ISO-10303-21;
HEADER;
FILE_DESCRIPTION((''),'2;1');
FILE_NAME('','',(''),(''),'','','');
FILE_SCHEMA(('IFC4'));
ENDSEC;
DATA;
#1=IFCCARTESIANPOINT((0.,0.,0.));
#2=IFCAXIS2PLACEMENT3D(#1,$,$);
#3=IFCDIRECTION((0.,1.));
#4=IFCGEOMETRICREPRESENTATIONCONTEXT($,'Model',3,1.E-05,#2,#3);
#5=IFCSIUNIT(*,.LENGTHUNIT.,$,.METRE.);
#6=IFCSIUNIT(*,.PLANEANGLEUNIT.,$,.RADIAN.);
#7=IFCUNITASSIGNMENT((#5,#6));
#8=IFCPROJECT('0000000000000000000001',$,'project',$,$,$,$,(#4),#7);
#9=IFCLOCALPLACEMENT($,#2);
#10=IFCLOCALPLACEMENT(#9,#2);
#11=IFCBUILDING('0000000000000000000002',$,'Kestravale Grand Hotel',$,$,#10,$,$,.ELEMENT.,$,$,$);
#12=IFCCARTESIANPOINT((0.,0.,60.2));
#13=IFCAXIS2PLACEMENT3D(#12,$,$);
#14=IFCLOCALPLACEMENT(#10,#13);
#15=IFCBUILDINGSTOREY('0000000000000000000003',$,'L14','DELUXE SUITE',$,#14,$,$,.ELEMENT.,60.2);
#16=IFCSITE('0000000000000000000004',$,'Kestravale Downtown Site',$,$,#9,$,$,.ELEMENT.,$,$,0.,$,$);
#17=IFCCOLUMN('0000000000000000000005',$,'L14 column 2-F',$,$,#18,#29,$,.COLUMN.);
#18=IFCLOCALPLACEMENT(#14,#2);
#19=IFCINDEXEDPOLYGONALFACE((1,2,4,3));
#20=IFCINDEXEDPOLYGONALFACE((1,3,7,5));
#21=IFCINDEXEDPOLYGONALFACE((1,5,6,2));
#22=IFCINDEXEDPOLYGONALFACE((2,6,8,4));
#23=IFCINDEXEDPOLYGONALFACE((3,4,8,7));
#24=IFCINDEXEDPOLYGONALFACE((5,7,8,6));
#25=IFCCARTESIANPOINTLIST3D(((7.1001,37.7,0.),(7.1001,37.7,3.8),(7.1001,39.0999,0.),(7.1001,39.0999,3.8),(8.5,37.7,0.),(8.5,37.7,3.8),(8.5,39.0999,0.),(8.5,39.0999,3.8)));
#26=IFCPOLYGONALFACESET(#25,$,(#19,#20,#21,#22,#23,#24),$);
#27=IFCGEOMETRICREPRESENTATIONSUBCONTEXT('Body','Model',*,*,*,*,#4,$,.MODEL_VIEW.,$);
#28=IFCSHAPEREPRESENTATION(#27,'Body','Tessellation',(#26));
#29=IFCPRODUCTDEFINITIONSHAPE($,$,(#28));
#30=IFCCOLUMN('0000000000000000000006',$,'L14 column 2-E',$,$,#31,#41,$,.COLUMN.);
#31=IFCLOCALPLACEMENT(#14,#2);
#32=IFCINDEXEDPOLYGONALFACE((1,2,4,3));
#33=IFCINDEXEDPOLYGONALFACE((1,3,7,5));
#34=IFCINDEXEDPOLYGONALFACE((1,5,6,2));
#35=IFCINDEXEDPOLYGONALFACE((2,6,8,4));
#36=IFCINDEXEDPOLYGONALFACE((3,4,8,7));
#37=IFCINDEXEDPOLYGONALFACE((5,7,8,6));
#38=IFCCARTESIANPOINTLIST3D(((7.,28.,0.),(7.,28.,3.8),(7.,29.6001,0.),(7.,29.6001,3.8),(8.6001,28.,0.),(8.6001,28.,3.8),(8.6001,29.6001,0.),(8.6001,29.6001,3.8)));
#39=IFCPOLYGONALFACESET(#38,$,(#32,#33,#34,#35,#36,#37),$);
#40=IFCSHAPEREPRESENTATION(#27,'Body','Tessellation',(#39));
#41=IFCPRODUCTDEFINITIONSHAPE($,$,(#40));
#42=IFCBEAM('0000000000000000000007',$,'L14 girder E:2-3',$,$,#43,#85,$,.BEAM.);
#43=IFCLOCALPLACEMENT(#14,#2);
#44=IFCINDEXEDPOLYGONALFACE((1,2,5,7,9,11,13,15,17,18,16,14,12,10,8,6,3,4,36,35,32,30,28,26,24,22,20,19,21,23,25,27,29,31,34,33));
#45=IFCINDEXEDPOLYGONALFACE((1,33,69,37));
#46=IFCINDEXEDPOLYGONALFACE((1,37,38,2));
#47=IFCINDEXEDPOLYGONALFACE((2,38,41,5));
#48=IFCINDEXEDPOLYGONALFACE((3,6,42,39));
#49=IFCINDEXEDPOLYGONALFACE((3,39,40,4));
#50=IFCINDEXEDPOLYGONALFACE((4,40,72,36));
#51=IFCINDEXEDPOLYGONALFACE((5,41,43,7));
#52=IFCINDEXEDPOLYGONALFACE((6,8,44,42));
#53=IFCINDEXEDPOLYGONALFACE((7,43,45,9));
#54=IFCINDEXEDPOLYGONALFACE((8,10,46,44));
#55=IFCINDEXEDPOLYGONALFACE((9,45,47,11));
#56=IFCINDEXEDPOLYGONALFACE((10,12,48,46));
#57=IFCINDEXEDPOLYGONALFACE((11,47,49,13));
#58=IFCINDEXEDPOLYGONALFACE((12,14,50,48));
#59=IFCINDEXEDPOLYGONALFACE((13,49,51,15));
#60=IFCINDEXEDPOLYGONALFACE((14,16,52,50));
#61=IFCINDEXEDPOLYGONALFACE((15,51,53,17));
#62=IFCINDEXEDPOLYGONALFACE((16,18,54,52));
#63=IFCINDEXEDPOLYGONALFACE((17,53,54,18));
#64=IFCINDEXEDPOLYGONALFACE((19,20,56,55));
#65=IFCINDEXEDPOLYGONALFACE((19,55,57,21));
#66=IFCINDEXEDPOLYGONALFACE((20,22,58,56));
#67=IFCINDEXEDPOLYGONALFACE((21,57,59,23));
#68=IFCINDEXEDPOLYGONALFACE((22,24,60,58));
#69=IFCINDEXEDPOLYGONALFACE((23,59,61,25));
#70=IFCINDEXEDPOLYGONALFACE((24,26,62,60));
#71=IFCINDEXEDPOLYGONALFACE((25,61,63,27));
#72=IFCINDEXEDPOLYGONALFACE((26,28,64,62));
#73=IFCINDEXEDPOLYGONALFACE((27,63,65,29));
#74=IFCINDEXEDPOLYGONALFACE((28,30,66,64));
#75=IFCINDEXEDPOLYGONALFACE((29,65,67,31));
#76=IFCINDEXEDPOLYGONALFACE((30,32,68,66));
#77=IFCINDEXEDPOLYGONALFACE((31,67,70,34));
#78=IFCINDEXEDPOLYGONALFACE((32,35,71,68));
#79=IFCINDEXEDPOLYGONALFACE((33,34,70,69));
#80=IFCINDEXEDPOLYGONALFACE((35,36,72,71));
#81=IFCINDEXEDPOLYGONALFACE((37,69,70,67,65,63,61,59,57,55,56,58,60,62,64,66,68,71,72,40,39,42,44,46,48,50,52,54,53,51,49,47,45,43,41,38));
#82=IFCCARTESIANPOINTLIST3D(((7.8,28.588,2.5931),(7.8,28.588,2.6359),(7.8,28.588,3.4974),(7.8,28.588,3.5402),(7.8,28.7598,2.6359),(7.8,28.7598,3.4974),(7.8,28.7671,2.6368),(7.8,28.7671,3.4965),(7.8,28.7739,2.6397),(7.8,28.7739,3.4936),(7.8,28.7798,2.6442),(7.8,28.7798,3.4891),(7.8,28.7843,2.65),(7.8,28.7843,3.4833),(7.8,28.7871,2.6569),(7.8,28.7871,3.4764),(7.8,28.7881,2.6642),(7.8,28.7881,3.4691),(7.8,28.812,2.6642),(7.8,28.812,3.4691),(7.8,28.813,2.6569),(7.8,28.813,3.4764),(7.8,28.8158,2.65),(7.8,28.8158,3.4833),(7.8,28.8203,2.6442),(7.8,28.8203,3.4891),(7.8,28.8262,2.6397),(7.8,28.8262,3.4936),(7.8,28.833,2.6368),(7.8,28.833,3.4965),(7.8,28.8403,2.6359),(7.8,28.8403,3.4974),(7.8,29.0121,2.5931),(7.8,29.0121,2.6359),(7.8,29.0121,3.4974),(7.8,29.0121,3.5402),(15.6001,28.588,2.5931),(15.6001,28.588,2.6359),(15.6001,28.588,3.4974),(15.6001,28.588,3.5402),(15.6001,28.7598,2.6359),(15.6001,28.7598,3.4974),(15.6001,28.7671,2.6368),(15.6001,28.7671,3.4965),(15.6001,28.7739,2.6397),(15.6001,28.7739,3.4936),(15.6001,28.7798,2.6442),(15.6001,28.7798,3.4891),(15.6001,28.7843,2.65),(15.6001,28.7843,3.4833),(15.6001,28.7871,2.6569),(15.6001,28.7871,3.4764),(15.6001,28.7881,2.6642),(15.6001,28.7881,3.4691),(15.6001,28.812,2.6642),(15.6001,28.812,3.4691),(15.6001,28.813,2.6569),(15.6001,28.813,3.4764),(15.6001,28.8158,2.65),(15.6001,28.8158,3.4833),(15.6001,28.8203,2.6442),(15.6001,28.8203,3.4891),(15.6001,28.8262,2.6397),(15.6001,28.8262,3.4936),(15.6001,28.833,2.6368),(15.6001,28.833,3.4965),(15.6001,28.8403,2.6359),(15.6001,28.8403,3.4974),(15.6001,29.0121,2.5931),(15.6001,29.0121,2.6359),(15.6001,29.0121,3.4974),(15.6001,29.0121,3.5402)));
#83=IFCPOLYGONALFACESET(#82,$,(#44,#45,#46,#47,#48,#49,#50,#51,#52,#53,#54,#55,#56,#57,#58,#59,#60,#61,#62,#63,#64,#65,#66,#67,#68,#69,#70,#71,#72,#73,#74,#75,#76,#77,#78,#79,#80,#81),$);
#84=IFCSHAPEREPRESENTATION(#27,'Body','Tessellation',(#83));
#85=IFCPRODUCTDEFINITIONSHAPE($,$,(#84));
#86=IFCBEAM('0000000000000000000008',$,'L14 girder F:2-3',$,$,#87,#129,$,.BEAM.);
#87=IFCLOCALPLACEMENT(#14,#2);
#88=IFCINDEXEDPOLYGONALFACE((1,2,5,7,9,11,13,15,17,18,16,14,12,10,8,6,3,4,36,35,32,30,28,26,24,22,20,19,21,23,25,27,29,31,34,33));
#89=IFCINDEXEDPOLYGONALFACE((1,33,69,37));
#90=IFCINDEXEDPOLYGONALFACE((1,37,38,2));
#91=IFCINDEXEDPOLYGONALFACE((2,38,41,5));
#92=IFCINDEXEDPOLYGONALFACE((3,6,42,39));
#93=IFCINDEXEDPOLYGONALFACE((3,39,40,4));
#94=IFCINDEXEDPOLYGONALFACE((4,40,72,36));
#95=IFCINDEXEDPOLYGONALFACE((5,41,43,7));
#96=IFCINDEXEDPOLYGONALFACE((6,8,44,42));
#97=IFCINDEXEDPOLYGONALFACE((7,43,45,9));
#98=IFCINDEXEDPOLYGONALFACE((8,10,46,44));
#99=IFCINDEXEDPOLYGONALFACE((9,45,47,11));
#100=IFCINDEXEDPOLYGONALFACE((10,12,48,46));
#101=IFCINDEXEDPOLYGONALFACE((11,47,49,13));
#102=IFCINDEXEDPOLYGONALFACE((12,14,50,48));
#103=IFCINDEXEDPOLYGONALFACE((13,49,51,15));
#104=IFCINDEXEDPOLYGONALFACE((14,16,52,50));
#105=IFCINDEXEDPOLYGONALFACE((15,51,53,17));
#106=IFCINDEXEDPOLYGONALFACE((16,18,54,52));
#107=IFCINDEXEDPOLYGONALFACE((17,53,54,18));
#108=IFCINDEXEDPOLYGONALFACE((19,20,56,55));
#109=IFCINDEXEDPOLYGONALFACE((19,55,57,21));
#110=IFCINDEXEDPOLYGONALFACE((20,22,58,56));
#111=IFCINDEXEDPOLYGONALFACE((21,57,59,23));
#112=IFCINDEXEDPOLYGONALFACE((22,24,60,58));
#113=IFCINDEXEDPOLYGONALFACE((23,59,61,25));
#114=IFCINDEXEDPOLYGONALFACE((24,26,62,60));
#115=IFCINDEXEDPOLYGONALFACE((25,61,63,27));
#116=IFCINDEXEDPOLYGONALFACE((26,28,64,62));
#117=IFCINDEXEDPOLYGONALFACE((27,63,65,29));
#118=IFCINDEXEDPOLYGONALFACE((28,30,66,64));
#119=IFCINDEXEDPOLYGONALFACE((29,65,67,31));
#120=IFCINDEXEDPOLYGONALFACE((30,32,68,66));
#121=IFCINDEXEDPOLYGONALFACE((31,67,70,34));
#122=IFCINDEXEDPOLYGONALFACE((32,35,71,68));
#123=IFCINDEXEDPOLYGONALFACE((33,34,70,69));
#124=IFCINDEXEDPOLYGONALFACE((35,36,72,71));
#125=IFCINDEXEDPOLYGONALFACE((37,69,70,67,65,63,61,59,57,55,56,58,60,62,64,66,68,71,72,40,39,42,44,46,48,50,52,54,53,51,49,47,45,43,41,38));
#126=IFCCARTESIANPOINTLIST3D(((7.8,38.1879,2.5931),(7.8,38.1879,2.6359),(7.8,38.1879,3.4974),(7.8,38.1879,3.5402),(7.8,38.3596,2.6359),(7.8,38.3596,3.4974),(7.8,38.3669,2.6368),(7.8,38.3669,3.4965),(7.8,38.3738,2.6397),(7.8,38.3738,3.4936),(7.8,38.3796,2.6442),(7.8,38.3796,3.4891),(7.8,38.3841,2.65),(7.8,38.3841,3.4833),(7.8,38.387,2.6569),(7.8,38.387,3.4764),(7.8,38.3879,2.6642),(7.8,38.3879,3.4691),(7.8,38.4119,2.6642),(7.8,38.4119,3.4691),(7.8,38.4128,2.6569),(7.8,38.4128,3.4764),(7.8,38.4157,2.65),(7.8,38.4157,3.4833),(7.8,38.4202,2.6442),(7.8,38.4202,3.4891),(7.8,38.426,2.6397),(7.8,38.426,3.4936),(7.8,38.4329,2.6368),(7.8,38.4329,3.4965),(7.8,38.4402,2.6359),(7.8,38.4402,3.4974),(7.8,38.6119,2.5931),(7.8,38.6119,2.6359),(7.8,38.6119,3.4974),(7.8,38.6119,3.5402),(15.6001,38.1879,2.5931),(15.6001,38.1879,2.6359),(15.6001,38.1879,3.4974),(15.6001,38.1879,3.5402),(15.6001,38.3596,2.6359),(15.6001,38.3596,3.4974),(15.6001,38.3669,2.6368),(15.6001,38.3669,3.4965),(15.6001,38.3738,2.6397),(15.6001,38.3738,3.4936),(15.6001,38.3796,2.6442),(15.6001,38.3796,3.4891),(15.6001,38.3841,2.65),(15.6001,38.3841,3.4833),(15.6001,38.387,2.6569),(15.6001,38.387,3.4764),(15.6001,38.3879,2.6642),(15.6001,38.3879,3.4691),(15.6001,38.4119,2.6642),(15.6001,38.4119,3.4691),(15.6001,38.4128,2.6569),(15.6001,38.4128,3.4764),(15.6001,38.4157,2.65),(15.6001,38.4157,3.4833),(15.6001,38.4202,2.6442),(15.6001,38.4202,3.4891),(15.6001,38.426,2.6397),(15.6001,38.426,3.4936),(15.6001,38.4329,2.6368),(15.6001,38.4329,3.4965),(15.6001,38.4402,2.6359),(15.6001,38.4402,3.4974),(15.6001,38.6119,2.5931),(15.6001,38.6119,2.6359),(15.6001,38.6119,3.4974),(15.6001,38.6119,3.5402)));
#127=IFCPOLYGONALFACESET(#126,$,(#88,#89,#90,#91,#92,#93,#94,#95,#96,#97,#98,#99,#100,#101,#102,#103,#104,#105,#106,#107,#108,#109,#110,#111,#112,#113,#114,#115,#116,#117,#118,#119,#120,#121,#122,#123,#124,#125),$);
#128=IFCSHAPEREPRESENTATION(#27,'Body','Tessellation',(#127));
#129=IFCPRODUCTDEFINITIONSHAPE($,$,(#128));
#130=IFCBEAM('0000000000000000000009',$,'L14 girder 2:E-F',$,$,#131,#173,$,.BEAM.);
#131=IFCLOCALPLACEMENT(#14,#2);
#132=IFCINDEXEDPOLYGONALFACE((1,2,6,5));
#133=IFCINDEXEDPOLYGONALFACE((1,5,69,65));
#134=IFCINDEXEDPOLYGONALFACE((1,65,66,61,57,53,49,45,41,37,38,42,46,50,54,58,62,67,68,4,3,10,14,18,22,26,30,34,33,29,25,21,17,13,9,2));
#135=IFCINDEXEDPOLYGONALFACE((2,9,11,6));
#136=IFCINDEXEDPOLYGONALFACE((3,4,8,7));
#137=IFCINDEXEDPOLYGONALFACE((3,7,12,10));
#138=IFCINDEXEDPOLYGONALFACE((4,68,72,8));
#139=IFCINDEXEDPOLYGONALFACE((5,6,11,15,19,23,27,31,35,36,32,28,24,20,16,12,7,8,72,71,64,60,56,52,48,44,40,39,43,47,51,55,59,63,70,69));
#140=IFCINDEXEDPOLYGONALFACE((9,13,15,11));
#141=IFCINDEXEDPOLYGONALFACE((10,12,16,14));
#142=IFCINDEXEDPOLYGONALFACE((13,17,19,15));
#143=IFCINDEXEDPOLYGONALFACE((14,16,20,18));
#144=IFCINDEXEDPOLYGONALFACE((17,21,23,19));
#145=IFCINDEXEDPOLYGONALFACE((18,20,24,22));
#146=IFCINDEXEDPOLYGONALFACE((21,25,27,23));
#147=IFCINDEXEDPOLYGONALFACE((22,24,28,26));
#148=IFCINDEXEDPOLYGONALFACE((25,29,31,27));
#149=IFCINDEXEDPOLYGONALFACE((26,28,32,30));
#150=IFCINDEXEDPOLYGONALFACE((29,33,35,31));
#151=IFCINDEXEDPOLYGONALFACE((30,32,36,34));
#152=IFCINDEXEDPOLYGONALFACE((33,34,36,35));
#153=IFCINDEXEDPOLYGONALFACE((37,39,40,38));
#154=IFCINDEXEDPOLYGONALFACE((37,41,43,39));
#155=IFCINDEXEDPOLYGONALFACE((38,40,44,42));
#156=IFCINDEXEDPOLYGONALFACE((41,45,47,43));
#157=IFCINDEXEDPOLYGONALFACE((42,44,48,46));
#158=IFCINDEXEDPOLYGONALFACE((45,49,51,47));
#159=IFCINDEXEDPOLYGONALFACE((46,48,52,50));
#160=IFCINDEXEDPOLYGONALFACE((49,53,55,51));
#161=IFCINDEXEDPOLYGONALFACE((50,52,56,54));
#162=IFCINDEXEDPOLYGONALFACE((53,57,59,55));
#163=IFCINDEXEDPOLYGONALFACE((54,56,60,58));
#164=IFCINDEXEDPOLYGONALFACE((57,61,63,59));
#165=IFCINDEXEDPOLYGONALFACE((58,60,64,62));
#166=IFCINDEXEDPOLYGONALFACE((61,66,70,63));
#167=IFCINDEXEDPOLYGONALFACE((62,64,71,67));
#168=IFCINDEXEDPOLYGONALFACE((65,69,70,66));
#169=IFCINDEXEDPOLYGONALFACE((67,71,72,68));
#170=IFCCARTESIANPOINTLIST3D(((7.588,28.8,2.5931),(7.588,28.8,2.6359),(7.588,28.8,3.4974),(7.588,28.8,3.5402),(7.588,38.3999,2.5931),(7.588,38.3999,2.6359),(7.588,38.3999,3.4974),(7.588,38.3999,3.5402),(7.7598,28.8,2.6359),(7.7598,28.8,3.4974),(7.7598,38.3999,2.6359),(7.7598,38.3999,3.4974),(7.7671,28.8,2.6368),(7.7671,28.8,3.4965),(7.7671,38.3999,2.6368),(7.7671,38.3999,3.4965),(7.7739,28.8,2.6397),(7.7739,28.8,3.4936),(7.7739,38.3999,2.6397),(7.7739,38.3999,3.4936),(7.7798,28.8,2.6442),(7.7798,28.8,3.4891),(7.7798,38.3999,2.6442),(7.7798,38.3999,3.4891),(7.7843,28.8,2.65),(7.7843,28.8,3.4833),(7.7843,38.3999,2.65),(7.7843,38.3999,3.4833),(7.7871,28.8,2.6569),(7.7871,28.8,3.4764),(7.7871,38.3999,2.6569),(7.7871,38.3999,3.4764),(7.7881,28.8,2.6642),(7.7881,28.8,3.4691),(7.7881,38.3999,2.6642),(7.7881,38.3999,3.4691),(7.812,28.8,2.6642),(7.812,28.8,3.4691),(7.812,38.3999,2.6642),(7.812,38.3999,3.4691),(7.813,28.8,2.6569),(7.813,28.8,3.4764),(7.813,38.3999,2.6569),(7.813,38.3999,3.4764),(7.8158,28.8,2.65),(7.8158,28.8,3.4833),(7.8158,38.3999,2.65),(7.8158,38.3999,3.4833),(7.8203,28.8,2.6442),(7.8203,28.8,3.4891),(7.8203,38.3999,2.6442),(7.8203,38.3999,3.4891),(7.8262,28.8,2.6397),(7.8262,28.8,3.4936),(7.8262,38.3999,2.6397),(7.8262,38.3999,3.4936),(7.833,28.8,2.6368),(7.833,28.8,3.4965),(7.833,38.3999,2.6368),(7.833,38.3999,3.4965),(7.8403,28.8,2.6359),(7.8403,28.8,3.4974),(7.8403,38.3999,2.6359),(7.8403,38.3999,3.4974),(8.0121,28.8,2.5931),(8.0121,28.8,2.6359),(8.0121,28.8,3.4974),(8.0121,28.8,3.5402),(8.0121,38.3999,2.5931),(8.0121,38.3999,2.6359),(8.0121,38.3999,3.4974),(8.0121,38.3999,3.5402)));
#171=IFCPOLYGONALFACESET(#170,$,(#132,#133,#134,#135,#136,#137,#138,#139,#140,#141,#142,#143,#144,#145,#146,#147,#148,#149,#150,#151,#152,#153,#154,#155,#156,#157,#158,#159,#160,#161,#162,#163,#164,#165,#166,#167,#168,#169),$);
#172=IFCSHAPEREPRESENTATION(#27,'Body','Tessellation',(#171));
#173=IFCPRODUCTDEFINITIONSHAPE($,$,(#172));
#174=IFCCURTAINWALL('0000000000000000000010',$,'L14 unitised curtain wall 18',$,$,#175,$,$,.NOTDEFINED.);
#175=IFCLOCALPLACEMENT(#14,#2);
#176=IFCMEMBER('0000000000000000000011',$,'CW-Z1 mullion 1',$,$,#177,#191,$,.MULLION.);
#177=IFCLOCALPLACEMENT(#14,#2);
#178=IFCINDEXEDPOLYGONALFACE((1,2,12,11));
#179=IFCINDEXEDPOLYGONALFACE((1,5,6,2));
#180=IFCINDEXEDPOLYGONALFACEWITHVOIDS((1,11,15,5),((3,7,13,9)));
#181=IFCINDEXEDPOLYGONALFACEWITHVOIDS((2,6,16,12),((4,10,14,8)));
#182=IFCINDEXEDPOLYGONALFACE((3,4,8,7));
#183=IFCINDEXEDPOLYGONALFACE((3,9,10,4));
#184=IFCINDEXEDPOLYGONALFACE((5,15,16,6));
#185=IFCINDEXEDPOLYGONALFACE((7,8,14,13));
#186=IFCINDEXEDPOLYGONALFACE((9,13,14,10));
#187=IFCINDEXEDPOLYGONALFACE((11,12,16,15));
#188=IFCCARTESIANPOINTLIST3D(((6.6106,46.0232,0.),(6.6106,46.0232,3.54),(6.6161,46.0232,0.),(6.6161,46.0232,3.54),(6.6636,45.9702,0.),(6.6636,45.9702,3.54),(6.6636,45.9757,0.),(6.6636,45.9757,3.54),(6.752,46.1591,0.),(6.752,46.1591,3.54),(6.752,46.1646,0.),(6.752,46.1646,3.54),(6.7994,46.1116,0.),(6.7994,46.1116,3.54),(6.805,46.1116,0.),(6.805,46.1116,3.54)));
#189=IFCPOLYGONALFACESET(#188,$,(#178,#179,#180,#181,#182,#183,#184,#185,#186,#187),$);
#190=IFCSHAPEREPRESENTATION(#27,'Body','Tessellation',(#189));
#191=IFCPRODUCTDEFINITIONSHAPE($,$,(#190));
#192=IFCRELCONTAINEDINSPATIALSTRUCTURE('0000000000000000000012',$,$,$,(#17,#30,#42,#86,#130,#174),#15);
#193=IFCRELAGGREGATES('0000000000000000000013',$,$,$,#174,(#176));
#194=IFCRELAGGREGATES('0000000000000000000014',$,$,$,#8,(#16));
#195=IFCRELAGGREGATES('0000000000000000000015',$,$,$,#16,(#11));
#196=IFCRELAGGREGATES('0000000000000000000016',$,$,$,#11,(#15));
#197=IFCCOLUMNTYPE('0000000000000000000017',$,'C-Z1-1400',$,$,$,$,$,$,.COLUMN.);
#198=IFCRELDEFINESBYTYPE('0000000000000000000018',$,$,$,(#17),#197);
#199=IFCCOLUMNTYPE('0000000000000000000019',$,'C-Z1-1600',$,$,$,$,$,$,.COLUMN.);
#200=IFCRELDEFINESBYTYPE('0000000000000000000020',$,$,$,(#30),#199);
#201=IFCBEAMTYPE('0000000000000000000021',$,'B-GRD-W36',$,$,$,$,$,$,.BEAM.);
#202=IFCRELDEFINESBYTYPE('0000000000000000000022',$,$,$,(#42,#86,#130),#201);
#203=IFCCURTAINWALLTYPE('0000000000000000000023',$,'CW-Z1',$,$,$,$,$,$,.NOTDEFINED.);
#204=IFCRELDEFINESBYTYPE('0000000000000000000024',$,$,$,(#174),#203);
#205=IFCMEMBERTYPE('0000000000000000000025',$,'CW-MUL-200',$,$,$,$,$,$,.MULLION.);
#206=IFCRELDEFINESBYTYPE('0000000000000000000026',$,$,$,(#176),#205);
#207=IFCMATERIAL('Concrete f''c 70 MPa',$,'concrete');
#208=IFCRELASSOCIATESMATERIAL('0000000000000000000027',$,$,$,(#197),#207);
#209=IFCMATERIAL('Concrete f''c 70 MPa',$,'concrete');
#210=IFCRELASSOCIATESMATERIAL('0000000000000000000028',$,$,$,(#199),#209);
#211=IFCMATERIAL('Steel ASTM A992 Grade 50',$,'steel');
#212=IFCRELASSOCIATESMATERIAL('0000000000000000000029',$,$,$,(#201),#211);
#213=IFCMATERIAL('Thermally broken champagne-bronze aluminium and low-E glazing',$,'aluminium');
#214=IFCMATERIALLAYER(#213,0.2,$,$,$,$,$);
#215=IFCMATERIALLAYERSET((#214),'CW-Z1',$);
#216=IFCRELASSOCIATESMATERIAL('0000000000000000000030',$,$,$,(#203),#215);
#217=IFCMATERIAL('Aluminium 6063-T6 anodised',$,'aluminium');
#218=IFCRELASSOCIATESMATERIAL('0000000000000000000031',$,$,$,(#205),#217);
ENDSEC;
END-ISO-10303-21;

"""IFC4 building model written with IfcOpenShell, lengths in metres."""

from ifc_helpers import new_model, si_unit, direction, frame, origin, origin_2d, place, context, subcontext, project, spatial, rectangle, hollow_rectangle, i_section, extrude, material, layer, layer_set, material_profile, profile_set, type_object, element, aggregate, save


model = new_model("IFC4")

# Units and contexts
model_context = context("Model", 3, precision=1e-05, world=origin(), true_north=direction((0.0, 1.0)))
body_context = subcontext(model_context, "Body", "Model", "MODEL_VIEW")
ifc_project = project(units=[si_unit("LENGTHUNIT", "METRE"), si_unit("PLANEANGLEUNIT", "RADIAN")], contexts=[model_context])

# Site, building, storey
site_placement = place(None, origin())
site = spatial("IfcSite", under=ifc_project, at=site_placement, Name="Kestravale Downtown Site", CompositionType="ELEMENT", RefElevation=0.0)
building_placement = place(site_placement, origin())
building = spatial("IfcBuilding", under=site, at=building_placement, Name="Kestravale Grand Hotel", CompositionType="ELEMENT")
storey_placement = place(building_placement, frame((0.0, 0.0, 60.2)))
storey = spatial("IfcBuildingStorey", under=building, at=storey_placement, Name="L14", Description="DELUXE SUITE", CompositionType="ELEMENT", Elevation=60.2)

# Columns
ifc_material_1 = material(Name="Concrete f'c 70 MPa", Category="concrete")
ifc_material_profile_1 = material_profile(ifc_material_1, rectangle(XDim=1.3999, YDim=1.3999, at=origin_2d()))
ifc_profile_set_1 = profile_set([ifc_material_profile_1], Name="Concrete f'c 70 MPa")
column_type_1 = type_object("IfcColumnType", Name="C-Z1-1400", PredefinedType="COLUMN", material=ifc_profile_set_1)
column_1_placement = place(storey_placement, frame((7.8, 38.3999, 0.0), z_axis=(0.0, 0.0, 1.0), x_axis=(1.0, 0.0, 0.0)))
element("IfcColumn", 1, at=column_1_placement, inside=storey, type_object=column_type_1, Name="L14 column 2-F", PredefinedType="COLUMN", context=body_context, shape_type="SweptSolid", body=[
    extrude(rectangle(XDim=1.3999, YDim=1.3999, at=origin_2d()), origin(), (0.0, 0.0, 1.0), 3.8),
])
ifc_material_2 = material(Name="Concrete f'c 70 MPa", Category="concrete")
ifc_material_profile_2 = material_profile(ifc_material_2, rectangle(XDim=1.6001, YDim=1.6001, at=origin_2d()))
ifc_profile_set_2 = profile_set([ifc_material_profile_2], Name="Concrete f'c 70 MPa")
column_type_2 = type_object("IfcColumnType", Name="C-Z1-1600", PredefinedType="COLUMN", material=ifc_profile_set_2)
column_2_placement = place(storey_placement, frame((7.8, 28.8, 0.0), z_axis=(0.0, 0.0, 1.0), x_axis=(1.0, 0.0, 0.0)))
element("IfcColumn", 2, at=column_2_placement, inside=storey, type_object=column_type_2, Name="L14 column 2-E", PredefinedType="COLUMN", context=body_context, shape_type="SweptSolid", body=[
    extrude(rectangle(XDim=1.6001, YDim=1.6001, at=origin_2d()), origin(), (0.0, 0.0, 1.0), 3.8),
])

# Beams
ifc_material_3 = material(Name="Steel ASTM A992 Grade 50", Category="steel")
ifc_material_profile_3 = material_profile(ifc_material_3, i_section(OverallWidth=0.4241, OverallDepth=0.947, WebThickness=0.0239, FlangeThickness=0.0427, FilletRadius=0.0283, at=origin_2d()))
ifc_profile_set_3 = profile_set([ifc_material_profile_3], Name="Steel ASTM A992 Grade 50")
beam_type = type_object("IfcBeamType", Name="B-GRD-W36", PredefinedType="BEAM", material=ifc_profile_set_3)
for number, where, z_axis, x_axis, name in (
    (3, (7.8, 28.8, 3.0667), (1.0, 0.0, 0.0), (0.0, 1.0, 0.0), "L14 girder E:2-3"),
    (4, (7.8, 38.3999, 3.0667), (1.0, 0.0, 0.0), (0.0, 1.0, 0.0), "L14 girder F:2-3"),
):
    element("IfcBeam", number, at=place(storey_placement, frame(where, z_axis=z_axis, x_axis=x_axis)), inside=storey, type_object=beam_type, Name=name, PredefinedType="BEAM", context=body_context, shape_type="SweptSolid", body=[
        extrude(i_section(OverallWidth=0.4241, OverallDepth=0.947, WebThickness=0.0239, FlangeThickness=0.0427, FilletRadius=0.0283, at=origin_2d()), origin(), (0.0, 0.0, 1.0), 7.8),
    ])
beam_placement = place(storey_placement, frame((7.8, 28.8, 3.0667), z_axis=(0.0, 1.0, 0.0), x_axis=(-1.0, 0.0, 0.0)))
element("IfcBeam", 5, at=beam_placement, inside=storey, type_object=beam_type, Name="L14 girder 2:E-F", PredefinedType="BEAM", context=body_context, shape_type="SweptSolid", body=[
    extrude(i_section(OverallWidth=0.4241, OverallDepth=0.947, WebThickness=0.0239, FlangeThickness=0.0427, FilletRadius=0.0283, at=origin_2d()), origin(), (0.0, 0.0, 1.0), 9.5999),
])

# Curtain wall, member
ifc_material_4 = material(Name="Thermally broken champagne-bronze aluminium and low-E glazing", Category="aluminium")
ifc_layer_1 = layer(ifc_material_4, 0.2)
ifc_layer_set_1 = layer_set([ifc_layer_1], Name="CW-Z1")
curtain_wall_type = type_object("IfcCurtainWallType", Name="CW-Z1", PredefinedType="NOTDEFINED", material=ifc_layer_set_1)
curtain_wall_placement = place(storey_placement, origin())
curtain_wall = element("IfcCurtainWall", 6, at=curtain_wall_placement, inside=storey, type_object=curtain_wall_type, Name="L14 unitised curtain wall 18", PredefinedType="NOTDEFINED")
ifc_material_5 = material(Name="Aluminium 6063-T6 anodised", Category="aluminium")
ifc_material_profile_4 = material_profile(ifc_material_5, hollow_rectangle(XDim=0.075, YDim=0.2, WallThickness=0.0039, at=origin_2d()))
ifc_profile_set_4 = profile_set([ifc_material_profile_4], Name="Aluminium 6063-T6 anodised")
member_type_1 = type_object("IfcMemberType", Name="CW-MUL-200", PredefinedType="MULLION", material=ifc_profile_set_4)
member_1_placement = place(storey_placement, frame((6.7078, 46.0674, 0.0), z_axis=(0.0, 0.0, 1.0), x_axis=(0.707107, -0.707107, 0.0)))
member_1 = element("IfcMember", 7, at=member_1_placement, type_object=member_type_1, Name="CW-Z1 mullion 1", PredefinedType="MULLION", context=body_context, shape_type="SweptSolid", body=[
    extrude(hollow_rectangle(XDim=0.075, YDim=0.2, WallThickness=0.0039, at=origin_2d()), origin(), (0.0, 0.0, 1.0), 3.54),
])
aggregate(curtain_wall, [member_1])

save(model, "model.ifc")
